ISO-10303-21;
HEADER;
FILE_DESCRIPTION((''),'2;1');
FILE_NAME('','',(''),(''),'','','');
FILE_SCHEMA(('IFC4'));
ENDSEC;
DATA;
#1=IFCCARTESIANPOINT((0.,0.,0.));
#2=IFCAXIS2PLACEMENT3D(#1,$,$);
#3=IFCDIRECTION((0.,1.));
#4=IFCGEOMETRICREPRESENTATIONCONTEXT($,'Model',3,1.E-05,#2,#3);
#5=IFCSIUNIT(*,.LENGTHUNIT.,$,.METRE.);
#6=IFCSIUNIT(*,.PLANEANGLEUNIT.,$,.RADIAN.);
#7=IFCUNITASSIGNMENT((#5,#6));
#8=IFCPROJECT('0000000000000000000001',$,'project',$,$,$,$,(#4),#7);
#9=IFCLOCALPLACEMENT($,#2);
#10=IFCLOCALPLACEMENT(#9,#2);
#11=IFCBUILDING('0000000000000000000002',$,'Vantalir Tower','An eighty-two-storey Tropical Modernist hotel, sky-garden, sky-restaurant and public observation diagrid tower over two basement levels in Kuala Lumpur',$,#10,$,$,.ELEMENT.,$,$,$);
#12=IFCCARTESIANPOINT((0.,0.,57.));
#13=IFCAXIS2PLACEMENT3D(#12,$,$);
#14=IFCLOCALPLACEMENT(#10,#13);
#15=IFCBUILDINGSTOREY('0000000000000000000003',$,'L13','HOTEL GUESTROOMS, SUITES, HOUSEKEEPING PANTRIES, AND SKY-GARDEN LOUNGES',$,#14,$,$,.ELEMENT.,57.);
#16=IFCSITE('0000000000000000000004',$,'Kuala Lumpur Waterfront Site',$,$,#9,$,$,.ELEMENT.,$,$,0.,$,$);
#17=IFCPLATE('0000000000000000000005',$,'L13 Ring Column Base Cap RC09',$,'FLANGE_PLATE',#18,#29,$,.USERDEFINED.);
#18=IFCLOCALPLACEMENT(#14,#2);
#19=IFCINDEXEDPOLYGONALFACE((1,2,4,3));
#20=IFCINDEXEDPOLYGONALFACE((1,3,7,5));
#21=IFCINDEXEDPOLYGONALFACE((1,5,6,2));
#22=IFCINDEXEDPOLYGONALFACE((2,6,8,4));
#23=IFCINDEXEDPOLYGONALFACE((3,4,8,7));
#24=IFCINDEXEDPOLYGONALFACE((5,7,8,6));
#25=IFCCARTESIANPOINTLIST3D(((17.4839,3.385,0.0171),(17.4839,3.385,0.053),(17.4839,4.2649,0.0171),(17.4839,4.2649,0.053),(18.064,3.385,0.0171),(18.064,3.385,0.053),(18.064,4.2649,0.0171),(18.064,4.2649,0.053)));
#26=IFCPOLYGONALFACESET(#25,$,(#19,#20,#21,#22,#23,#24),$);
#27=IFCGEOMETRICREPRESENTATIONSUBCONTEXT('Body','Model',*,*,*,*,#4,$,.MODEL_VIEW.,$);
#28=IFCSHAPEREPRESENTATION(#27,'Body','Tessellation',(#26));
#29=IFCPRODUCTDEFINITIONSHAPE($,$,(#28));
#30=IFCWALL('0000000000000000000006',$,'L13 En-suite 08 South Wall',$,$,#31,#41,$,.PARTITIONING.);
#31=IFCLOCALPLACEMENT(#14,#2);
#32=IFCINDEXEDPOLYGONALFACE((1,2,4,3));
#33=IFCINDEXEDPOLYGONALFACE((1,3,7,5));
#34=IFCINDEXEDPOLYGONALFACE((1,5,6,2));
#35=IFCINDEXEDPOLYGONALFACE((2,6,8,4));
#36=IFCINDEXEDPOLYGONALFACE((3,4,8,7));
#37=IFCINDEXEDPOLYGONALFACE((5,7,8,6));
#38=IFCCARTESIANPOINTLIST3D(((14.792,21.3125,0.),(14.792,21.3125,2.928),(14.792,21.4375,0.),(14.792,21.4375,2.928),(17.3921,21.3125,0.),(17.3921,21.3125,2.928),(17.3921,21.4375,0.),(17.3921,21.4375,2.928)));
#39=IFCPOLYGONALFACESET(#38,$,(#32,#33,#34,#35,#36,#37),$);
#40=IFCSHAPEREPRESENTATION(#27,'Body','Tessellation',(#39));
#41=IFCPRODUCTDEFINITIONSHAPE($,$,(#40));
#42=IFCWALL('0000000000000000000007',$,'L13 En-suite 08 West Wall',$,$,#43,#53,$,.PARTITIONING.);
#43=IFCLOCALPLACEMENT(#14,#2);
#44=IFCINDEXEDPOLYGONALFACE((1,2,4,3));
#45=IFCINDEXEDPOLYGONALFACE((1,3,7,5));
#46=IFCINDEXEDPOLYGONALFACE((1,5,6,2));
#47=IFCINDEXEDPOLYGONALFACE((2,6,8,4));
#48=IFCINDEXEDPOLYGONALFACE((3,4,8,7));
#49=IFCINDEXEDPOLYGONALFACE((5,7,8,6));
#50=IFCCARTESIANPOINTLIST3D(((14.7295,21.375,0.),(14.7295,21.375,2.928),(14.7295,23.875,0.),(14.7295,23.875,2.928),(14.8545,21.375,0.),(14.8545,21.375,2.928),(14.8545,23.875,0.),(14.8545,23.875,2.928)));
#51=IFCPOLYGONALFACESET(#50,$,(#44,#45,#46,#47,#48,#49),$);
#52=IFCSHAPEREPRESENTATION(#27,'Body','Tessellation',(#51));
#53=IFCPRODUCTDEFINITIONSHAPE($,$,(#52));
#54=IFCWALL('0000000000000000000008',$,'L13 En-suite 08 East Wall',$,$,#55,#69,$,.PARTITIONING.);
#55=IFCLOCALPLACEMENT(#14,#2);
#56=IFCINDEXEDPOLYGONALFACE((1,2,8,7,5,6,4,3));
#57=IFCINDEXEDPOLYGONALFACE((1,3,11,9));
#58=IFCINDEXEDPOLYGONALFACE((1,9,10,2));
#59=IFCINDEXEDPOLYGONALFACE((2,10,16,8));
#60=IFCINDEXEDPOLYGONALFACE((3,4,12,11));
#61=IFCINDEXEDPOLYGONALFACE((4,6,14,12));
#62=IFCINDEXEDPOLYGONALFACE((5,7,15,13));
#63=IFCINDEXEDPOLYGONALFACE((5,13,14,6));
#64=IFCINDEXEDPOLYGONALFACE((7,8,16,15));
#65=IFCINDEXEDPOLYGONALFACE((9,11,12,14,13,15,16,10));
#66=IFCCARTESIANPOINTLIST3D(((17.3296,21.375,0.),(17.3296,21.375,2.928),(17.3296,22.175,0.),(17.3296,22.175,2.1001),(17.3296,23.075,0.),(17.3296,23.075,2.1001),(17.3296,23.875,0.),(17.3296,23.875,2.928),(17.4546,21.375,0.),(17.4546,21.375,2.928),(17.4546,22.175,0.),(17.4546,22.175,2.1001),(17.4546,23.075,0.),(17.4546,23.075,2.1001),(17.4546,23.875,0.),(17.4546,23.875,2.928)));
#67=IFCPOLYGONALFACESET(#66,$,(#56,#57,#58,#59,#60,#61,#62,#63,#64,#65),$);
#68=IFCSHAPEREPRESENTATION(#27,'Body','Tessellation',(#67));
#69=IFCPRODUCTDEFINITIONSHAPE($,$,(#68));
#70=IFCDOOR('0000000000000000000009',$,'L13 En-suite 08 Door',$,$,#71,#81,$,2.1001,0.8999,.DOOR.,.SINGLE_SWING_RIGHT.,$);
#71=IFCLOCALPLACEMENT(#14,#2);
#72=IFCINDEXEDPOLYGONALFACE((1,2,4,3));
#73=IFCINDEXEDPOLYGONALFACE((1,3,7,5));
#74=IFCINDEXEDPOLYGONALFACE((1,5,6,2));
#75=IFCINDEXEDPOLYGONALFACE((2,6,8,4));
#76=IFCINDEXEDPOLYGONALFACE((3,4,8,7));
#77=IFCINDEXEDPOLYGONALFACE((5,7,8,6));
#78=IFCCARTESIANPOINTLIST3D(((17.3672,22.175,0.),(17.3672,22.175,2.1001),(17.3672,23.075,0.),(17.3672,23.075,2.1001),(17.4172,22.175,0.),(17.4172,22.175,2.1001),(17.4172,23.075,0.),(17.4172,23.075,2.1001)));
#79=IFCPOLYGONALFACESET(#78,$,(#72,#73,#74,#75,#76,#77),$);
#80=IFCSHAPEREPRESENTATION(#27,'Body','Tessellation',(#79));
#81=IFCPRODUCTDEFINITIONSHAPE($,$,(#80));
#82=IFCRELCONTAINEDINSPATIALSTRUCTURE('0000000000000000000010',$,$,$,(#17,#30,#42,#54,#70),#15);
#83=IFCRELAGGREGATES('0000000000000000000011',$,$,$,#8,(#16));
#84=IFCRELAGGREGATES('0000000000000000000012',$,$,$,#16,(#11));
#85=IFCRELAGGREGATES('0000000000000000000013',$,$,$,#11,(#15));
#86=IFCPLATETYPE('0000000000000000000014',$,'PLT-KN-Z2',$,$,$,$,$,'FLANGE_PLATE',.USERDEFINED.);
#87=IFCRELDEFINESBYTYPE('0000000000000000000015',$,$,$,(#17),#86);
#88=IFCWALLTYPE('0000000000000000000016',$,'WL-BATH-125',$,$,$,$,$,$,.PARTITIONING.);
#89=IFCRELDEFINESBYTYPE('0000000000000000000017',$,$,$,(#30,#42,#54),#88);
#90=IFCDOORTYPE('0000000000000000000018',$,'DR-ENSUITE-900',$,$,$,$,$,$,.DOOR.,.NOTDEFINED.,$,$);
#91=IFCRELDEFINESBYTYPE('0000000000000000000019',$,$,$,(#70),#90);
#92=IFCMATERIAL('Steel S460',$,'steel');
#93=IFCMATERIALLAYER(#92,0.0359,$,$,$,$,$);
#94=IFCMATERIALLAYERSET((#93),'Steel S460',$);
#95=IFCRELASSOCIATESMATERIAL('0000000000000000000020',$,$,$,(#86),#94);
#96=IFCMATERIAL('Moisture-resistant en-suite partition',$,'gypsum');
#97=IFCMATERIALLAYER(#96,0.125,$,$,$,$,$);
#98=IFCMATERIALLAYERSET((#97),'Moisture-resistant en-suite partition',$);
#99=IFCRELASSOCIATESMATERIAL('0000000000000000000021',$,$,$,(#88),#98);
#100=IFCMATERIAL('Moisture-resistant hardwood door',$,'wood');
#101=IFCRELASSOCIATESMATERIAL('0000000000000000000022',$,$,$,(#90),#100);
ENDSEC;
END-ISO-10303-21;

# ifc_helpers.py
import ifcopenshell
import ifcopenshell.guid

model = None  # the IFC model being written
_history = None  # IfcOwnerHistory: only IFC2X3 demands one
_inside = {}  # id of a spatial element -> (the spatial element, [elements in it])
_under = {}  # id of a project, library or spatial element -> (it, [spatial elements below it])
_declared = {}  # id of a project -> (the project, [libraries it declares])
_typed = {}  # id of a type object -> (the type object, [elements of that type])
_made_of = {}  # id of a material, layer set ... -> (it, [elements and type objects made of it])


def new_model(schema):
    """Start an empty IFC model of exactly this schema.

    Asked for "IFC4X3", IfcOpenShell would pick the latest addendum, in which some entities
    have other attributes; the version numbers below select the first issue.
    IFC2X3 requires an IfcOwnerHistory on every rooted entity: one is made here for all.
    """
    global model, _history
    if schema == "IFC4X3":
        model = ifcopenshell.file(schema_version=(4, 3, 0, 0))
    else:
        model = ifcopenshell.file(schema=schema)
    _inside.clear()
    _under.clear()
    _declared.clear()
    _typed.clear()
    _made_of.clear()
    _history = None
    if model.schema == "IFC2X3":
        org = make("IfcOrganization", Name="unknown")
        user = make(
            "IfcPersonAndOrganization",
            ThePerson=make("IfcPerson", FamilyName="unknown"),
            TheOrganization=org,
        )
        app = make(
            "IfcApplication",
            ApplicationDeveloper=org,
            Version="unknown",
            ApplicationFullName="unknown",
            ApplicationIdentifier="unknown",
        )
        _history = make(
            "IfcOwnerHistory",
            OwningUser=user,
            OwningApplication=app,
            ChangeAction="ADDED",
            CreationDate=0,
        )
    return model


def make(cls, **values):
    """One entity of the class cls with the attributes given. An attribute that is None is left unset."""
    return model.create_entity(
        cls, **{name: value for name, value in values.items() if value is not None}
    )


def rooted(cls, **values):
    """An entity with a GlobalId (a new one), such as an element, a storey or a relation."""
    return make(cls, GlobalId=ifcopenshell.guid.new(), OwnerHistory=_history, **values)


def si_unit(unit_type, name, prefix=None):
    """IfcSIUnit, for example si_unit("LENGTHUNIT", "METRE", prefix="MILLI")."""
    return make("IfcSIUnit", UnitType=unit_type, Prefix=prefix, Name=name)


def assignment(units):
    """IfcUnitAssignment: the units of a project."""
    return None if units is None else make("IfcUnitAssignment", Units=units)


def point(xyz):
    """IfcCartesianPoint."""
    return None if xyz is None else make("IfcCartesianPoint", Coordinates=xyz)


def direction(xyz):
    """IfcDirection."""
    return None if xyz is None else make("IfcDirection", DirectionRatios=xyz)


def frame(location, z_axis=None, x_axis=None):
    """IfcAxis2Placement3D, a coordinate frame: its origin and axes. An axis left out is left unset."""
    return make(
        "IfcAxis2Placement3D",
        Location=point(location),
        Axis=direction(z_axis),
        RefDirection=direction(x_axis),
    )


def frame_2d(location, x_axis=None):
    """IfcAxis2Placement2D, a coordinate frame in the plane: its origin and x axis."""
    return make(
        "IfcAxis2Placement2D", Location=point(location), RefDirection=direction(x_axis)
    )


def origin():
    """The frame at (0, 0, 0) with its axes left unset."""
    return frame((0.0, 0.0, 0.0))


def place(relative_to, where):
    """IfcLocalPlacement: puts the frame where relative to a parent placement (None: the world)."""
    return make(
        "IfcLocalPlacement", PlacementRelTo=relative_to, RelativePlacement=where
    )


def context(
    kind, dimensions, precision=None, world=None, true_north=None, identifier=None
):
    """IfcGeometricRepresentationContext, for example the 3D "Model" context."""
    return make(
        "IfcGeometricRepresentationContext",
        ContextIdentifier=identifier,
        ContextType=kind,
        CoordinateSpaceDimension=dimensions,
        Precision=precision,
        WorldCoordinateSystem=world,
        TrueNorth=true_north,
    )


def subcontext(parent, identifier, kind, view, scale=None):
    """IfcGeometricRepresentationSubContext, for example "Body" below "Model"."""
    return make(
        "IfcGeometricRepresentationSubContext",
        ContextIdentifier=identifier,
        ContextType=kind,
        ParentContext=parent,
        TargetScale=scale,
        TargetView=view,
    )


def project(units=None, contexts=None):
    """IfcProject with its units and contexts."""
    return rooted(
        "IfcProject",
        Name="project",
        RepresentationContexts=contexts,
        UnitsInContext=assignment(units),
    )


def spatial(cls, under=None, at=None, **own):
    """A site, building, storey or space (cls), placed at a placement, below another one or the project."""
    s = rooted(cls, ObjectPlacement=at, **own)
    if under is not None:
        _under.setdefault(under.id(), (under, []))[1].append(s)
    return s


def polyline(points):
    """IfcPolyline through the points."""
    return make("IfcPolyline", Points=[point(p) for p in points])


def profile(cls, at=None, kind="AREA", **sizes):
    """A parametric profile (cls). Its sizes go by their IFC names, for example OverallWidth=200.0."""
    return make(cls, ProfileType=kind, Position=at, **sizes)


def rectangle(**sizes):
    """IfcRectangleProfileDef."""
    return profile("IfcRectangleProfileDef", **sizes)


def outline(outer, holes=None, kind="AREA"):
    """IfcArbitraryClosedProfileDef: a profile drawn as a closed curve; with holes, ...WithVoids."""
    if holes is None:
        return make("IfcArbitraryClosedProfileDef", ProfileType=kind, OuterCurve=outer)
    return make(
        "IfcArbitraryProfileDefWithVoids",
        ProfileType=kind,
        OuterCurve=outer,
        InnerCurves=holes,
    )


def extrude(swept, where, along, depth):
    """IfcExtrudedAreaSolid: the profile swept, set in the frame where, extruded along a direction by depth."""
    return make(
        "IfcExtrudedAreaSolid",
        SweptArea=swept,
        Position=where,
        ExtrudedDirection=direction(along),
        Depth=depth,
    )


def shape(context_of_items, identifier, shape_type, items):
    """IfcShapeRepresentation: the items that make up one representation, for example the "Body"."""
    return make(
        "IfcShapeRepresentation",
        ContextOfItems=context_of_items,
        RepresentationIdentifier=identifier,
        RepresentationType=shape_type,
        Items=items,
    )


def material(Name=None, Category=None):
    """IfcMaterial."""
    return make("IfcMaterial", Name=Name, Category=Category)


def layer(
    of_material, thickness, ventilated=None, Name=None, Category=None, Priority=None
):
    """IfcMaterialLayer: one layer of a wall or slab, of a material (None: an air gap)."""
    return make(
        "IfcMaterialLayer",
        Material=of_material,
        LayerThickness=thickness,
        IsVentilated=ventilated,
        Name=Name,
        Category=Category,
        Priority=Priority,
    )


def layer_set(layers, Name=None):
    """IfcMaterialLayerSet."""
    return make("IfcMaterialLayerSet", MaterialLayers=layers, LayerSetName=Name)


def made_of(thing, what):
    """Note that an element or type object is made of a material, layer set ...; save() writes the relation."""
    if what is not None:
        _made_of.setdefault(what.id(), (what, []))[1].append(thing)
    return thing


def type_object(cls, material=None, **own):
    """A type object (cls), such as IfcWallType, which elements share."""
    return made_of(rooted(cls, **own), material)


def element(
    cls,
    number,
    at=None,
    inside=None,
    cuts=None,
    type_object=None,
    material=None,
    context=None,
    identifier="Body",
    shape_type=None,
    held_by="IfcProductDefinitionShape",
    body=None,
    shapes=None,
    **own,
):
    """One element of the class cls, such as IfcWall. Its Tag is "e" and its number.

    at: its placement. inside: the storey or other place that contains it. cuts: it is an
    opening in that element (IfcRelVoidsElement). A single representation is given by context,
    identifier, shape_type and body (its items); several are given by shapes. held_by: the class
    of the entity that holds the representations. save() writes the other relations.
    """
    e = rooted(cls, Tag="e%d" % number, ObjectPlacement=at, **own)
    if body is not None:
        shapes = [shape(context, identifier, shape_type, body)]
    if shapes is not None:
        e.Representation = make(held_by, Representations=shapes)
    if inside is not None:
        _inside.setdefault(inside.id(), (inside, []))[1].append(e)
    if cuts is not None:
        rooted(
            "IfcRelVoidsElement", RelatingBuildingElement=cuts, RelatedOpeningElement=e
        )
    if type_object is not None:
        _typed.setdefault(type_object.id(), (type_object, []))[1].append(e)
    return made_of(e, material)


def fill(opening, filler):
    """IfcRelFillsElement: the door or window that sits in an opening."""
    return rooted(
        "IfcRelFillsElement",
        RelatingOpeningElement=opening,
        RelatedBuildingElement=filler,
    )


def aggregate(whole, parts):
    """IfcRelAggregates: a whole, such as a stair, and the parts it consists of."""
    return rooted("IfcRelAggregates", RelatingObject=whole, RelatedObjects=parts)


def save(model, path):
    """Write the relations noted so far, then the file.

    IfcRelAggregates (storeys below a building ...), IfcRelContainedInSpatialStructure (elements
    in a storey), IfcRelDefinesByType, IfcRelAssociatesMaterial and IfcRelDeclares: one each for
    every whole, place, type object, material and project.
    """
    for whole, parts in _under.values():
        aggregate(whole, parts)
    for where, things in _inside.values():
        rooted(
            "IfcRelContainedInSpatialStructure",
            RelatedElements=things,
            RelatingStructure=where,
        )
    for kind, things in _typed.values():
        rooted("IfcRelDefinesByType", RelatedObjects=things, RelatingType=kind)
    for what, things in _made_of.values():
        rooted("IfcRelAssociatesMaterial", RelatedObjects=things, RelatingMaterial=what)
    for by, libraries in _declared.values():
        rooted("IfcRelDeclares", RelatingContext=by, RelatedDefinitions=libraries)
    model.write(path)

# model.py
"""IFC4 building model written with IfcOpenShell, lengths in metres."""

from ifc_helpers import new_model, si_unit, direction, frame, frame_2d, origin, place, context, subcontext, project, spatial, polyline, rectangle, outline, extrude, material, layer, layer_set, type_object, element, fill, save


model = new_model("IFC4")

# Units and contexts
model_context = context("Model", 3, precision=1e-05, world=origin(), true_north=direction((0.0, 1.0)))
body_context = subcontext(model_context, "Body", "Model", "MODEL_VIEW")
ifc_project = project(units=[si_unit("LENGTHUNIT", "METRE"), si_unit("PLANEANGLEUNIT", "RADIAN")], contexts=[model_context])

# Site, building, storey
site_placement = place(None, origin())
site = spatial("IfcSite", under=ifc_project, at=site_placement, Name="Kuala Lumpur Waterfront Site", CompositionType="ELEMENT", RefElevation=0.0)
building_placement = place(site_placement, origin())
building = spatial("IfcBuilding", under=site, at=building_placement, Name="Vantalir Tower", Description="An eighty-two-storey Tropical Modernist hotel, sky-garden, sky-restaurant and public observation diagrid tower over two basement levels in Kuala Lumpur", CompositionType="ELEMENT")
storey_placement = place(building_placement, frame((0.0, 0.0, 57.0)))
storey = spatial("IfcBuildingStorey", under=building, at=storey_placement, Name="L13", Description="HOTEL GUESTROOMS, SUITES, HOUSEKEEPING PANTRIES, AND SKY-GARDEN LOUNGES", CompositionType="ELEMENT", Elevation=57.0)

# Shared definitions
ifc_material_1 = material(Name="Steel S460", Category="steel")

# Plate
ifc_layer_1 = layer(ifc_material_1, 0.0359)
ifc_layer_set_1 = layer_set([ifc_layer_1], Name="Steel S460")
plate_type_1 = type_object("IfcPlateType", Name="PLT-KN-Z2", ElementType="FLANGE_PLATE", PredefinedType="USERDEFINED", material=ifc_layer_set_1)
for number, where, z_axis, x_axis, name in (
    (1, (17.4839, 4.2649, 0.053), (0.0, 0.0, 1.0), (0.0, -1.0, 0.0), "L13 Ring Column Base Cap RC09"),
):
    element("IfcPlate", number, at=place(storey_placement, frame(where, z_axis=z_axis, x_axis=x_axis)), inside=storey, type_object=plate_type_1, Name=name, ObjectType="FLANGE_PLATE", PredefinedType="USERDEFINED", context=body_context, shape_type="SweptSolid", body=[
        extrude(outline(polyline([(0.0, 0.0), (0.8799, 0.0), (0.8799, 0.5801), (0.0, 0.5801), (0.0, 0.0)])), origin(), (0.0, 0.0, -1.0), 0.0359),
    ])

# Walls
ifc_material_2 = material(Name="Moisture-resistant en-suite partition", Category="gypsum")
ifc_layer_2 = layer(ifc_material_2, 0.125)
ifc_layer_set_2 = layer_set([ifc_layer_2], Name="Moisture-resistant en-suite partition")
wall_type = type_object("IfcWallType", Name="WL-BATH-125", PredefinedType="PARTITIONING", material=ifc_layer_set_2)
wall_1_placement = place(storey_placement, frame((14.792, 21.375, 0.0), z_axis=(0.0, 0.0, 1.0), x_axis=(1.0, 0.0, 0.0)))
element("IfcWall", 2, at=wall_1_placement, inside=storey, type_object=wall_type, Name="L13 En-suite 08 South Wall", PredefinedType="PARTITIONING", context=body_context, shape_type="SweptSolid", body=[
    extrude(rectangle(XDim=2.6001, YDim=0.125, at=frame_2d((1.3, 0.0))), origin(), (0.0, 0.0, 1.0), 2.928),
])
wall_2_placement = place(storey_placement, frame((14.792, 21.375, 0.0), z_axis=(0.0, 0.0, 1.0), x_axis=(0.0, 1.0, 0.0)))
element("IfcWall", 3, at=wall_2_placement, inside=storey, type_object=wall_type, Name="L13 En-suite 08 West Wall", PredefinedType="PARTITIONING", context=body_context, shape_type="SweptSolid", body=[
    extrude(rectangle(XDim=2.5, YDim=0.125, at=frame_2d((1.25, 0.0))), origin(), (0.0, 0.0, 1.0), 2.928),
])

# Wall, opening, door
wall_3_placement = place(storey_placement, frame((17.3921, 21.375, 0.0), z_axis=(0.0, 0.0, 1.0), x_axis=(0.0, 1.0, 0.0)))
wall_3 = element("IfcWall", 4, at=wall_3_placement, inside=storey, type_object=wall_type, Name="L13 En-suite 08 East Wall", PredefinedType="PARTITIONING", context=body_context, shape_type="SweptSolid", body=[
    extrude(rectangle(XDim=2.5, YDim=0.125, at=frame_2d((1.25, 0.0))), origin(), (0.0, 0.0, 1.0), 2.928),
])
opening_placement = place(wall_3_placement, frame((0.8, 0.0, 0.0)))
opening = element("IfcOpeningElement", 5, at=opening_placement, cuts=wall_3, PredefinedType="OPENING", context=body_context, shape_type="SweptSolid", body=[
    extrude(rectangle(XDim=0.8999, YDim=2.1001, at=frame_2d((0.45, 1.05))), frame((0.0, 0.0725, 0.0), z_axis=(0.0, -1.0, 0.0), x_axis=(1.0, 0.0, 0.0)), (0.0, 0.0, 1.0), 0.145),
])
ifc_material_3 = material(Name="Moisture-resistant hardwood door", Category="wood")
door_type = type_object("IfcDoorType", Name="DR-ENSUITE-900", OperationType="NOTDEFINED", PredefinedType="DOOR", material=ifc_material_3)
door_placement = place(opening_placement, origin())
door = element("IfcDoor", 6, at=door_placement, inside=storey, type_object=door_type, Name="L13 En-suite 08 Door", OperationType="SINGLE_SWING_RIGHT", OverallHeight=2.1001, OverallWidth=0.8999, PredefinedType="DOOR", context=body_context, shape_type="SweptSolid", body=[
    extrude(rectangle(XDim=0.8999, YDim=2.1001, at=frame_2d((0.45, 1.05))), frame((0.0, 0.0249, 0.0), z_axis=(0.0, -1.0, 0.0), x_axis=(1.0, 0.0, 0.0)), (0.0, 0.0, 1.0), 0.05),
])
fill(opening, door)

save(model, "model.ifc")
